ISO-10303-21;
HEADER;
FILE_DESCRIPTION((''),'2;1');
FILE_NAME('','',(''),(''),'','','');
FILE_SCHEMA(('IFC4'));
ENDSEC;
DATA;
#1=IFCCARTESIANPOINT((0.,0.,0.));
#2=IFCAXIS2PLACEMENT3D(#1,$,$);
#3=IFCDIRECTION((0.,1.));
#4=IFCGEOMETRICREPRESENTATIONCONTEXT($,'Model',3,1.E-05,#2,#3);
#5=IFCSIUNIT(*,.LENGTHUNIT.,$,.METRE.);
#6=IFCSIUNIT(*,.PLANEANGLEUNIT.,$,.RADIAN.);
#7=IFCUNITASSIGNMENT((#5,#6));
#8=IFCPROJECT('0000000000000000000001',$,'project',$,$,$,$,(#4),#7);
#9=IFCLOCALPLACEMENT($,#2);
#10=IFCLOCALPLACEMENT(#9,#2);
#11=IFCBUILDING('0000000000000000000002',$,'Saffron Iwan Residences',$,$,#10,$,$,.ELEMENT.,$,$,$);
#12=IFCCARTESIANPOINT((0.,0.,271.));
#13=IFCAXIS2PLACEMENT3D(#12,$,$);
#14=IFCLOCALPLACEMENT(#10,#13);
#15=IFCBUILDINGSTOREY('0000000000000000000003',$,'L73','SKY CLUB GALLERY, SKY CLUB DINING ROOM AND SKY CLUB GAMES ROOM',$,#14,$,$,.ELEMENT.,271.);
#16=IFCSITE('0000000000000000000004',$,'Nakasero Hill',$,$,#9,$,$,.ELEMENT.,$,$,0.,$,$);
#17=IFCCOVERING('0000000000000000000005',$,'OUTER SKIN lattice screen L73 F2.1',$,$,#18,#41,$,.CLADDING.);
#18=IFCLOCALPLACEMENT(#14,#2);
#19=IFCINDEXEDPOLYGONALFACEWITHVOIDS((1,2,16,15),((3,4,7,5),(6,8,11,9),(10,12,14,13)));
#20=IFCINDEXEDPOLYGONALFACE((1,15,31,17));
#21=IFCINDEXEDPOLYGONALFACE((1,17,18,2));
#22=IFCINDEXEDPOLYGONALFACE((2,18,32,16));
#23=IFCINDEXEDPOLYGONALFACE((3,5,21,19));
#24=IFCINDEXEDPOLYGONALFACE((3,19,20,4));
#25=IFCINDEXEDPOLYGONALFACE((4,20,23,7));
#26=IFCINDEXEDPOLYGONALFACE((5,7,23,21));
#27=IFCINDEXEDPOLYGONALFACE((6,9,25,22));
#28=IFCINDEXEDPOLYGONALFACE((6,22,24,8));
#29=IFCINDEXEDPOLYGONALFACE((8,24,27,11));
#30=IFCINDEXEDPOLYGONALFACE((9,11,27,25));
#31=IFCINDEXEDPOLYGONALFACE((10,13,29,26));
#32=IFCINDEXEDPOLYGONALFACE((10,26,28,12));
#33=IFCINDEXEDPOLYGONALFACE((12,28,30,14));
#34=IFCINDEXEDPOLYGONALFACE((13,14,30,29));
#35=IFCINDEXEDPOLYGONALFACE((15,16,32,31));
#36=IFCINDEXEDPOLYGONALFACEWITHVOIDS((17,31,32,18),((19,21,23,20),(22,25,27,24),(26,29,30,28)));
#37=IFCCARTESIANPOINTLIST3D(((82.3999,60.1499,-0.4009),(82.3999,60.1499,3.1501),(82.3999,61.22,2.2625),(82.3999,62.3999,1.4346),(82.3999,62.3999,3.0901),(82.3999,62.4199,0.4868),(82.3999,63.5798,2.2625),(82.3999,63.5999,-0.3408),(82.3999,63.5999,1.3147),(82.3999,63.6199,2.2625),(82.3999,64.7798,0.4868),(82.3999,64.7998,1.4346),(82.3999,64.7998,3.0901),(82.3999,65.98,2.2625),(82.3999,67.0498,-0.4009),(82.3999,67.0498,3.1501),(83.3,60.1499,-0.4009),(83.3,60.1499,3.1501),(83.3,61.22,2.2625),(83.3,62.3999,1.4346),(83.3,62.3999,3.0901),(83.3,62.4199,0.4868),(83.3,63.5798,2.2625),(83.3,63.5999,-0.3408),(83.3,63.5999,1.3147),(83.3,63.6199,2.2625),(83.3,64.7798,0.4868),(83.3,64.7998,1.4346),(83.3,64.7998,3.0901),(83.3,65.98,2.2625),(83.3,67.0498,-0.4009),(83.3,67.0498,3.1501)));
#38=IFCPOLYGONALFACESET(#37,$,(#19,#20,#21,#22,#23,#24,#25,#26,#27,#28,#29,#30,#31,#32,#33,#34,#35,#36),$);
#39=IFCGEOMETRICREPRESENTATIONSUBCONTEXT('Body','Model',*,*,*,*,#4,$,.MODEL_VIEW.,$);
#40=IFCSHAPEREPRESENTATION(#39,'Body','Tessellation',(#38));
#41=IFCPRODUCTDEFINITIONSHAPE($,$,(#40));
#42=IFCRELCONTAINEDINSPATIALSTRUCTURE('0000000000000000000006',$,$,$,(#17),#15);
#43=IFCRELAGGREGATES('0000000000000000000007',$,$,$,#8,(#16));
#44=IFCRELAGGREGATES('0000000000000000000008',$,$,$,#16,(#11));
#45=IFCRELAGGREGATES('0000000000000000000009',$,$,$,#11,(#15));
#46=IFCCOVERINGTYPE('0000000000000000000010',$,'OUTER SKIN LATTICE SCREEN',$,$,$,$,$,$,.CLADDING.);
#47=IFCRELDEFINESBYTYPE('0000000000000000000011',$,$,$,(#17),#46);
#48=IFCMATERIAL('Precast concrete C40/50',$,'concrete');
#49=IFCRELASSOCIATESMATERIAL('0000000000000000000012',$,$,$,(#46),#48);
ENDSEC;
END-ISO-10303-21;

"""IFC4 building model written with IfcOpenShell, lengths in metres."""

from ifc_helpers import new_model, si_unit, direction, frame, origin, place, context, subcontext, project, spatial, polyline, outline, extrude, material, type_object, element, save


model = new_model("IFC4")

# Units and contexts
model_context = context("Model", 3, precision=1e-05, world=origin(), true_north=direction((0.0, 1.0)))
body_context = subcontext(model_context, "Body", "Model", "MODEL_VIEW")
ifc_project = project(units=[si_unit("LENGTHUNIT", "METRE"), si_unit("PLANEANGLEUNIT", "RADIAN")], contexts=[model_context])

# Site, building, storey
site_placement = place(None, origin())
site = spatial("IfcSite", under=ifc_project, at=site_placement, Name="Nakasero Hill", CompositionType="ELEMENT", RefElevation=0.0)
building_placement = place(site_placement, origin())
building = spatial("IfcBuilding", under=site, at=building_placement, Name="Saffron Iwan Residences", CompositionType="ELEMENT")
storey_placement = place(building_placement, frame((0.0, 0.0, 271.0)))
storey = spatial("IfcBuildingStorey", under=building, at=storey_placement, Name="L73", Description="SKY CLUB GALLERY, SKY CLUB DINING ROOM AND SKY CLUB GAMES ROOM", CompositionType="ELEMENT", Elevation=271.0)

# Covering
ifc_material_1 = material(Name="Precast concrete C40/50", Category="concrete")
covering_type = type_object("IfcCoveringType", Name="OUTER SKIN LATTICE SCREEN", PredefinedType="CLADDING", material=ifc_material_1)
covering_placement = place(storey_placement, frame((82.3999, 60.1499, -0.4009), z_axis=(1.0, 0.0, 0.0), x_axis=(0.0, 1.0, 0.0)))
element("IfcCovering", 1, at=covering_placement, inside=storey, type_object=covering_type, Name="OUTER SKIN lattice screen L73 F2.1", PredefinedType="CLADDING", context=body_context, shape_type="SweptSolid", body=[
    extrude(outline(polyline([(0.0, 0.0), (6.8999, 0.0), (6.8999, 3.551), (0.0, 3.551), (0.0, 0.0)]), holes=[polyline([(2.27, 0.8877), (3.45, 0.0601), (4.6299, 0.8877), (3.45, 1.7156), (2.27, 0.8877)]), polyline([(1.0701, 2.6633), (2.25, 1.8354), (3.4299, 2.6633), (2.25, 3.491), (1.0701, 2.6633)]), polyline([(3.47, 2.6633), (4.6499, 1.8354), (5.8301, 2.6633), (4.6499, 3.491), (3.47, 2.6633)])]), origin(), (0.0, 0.0, 1.0), 0.9001),
])

save(model, "model.ifc")
